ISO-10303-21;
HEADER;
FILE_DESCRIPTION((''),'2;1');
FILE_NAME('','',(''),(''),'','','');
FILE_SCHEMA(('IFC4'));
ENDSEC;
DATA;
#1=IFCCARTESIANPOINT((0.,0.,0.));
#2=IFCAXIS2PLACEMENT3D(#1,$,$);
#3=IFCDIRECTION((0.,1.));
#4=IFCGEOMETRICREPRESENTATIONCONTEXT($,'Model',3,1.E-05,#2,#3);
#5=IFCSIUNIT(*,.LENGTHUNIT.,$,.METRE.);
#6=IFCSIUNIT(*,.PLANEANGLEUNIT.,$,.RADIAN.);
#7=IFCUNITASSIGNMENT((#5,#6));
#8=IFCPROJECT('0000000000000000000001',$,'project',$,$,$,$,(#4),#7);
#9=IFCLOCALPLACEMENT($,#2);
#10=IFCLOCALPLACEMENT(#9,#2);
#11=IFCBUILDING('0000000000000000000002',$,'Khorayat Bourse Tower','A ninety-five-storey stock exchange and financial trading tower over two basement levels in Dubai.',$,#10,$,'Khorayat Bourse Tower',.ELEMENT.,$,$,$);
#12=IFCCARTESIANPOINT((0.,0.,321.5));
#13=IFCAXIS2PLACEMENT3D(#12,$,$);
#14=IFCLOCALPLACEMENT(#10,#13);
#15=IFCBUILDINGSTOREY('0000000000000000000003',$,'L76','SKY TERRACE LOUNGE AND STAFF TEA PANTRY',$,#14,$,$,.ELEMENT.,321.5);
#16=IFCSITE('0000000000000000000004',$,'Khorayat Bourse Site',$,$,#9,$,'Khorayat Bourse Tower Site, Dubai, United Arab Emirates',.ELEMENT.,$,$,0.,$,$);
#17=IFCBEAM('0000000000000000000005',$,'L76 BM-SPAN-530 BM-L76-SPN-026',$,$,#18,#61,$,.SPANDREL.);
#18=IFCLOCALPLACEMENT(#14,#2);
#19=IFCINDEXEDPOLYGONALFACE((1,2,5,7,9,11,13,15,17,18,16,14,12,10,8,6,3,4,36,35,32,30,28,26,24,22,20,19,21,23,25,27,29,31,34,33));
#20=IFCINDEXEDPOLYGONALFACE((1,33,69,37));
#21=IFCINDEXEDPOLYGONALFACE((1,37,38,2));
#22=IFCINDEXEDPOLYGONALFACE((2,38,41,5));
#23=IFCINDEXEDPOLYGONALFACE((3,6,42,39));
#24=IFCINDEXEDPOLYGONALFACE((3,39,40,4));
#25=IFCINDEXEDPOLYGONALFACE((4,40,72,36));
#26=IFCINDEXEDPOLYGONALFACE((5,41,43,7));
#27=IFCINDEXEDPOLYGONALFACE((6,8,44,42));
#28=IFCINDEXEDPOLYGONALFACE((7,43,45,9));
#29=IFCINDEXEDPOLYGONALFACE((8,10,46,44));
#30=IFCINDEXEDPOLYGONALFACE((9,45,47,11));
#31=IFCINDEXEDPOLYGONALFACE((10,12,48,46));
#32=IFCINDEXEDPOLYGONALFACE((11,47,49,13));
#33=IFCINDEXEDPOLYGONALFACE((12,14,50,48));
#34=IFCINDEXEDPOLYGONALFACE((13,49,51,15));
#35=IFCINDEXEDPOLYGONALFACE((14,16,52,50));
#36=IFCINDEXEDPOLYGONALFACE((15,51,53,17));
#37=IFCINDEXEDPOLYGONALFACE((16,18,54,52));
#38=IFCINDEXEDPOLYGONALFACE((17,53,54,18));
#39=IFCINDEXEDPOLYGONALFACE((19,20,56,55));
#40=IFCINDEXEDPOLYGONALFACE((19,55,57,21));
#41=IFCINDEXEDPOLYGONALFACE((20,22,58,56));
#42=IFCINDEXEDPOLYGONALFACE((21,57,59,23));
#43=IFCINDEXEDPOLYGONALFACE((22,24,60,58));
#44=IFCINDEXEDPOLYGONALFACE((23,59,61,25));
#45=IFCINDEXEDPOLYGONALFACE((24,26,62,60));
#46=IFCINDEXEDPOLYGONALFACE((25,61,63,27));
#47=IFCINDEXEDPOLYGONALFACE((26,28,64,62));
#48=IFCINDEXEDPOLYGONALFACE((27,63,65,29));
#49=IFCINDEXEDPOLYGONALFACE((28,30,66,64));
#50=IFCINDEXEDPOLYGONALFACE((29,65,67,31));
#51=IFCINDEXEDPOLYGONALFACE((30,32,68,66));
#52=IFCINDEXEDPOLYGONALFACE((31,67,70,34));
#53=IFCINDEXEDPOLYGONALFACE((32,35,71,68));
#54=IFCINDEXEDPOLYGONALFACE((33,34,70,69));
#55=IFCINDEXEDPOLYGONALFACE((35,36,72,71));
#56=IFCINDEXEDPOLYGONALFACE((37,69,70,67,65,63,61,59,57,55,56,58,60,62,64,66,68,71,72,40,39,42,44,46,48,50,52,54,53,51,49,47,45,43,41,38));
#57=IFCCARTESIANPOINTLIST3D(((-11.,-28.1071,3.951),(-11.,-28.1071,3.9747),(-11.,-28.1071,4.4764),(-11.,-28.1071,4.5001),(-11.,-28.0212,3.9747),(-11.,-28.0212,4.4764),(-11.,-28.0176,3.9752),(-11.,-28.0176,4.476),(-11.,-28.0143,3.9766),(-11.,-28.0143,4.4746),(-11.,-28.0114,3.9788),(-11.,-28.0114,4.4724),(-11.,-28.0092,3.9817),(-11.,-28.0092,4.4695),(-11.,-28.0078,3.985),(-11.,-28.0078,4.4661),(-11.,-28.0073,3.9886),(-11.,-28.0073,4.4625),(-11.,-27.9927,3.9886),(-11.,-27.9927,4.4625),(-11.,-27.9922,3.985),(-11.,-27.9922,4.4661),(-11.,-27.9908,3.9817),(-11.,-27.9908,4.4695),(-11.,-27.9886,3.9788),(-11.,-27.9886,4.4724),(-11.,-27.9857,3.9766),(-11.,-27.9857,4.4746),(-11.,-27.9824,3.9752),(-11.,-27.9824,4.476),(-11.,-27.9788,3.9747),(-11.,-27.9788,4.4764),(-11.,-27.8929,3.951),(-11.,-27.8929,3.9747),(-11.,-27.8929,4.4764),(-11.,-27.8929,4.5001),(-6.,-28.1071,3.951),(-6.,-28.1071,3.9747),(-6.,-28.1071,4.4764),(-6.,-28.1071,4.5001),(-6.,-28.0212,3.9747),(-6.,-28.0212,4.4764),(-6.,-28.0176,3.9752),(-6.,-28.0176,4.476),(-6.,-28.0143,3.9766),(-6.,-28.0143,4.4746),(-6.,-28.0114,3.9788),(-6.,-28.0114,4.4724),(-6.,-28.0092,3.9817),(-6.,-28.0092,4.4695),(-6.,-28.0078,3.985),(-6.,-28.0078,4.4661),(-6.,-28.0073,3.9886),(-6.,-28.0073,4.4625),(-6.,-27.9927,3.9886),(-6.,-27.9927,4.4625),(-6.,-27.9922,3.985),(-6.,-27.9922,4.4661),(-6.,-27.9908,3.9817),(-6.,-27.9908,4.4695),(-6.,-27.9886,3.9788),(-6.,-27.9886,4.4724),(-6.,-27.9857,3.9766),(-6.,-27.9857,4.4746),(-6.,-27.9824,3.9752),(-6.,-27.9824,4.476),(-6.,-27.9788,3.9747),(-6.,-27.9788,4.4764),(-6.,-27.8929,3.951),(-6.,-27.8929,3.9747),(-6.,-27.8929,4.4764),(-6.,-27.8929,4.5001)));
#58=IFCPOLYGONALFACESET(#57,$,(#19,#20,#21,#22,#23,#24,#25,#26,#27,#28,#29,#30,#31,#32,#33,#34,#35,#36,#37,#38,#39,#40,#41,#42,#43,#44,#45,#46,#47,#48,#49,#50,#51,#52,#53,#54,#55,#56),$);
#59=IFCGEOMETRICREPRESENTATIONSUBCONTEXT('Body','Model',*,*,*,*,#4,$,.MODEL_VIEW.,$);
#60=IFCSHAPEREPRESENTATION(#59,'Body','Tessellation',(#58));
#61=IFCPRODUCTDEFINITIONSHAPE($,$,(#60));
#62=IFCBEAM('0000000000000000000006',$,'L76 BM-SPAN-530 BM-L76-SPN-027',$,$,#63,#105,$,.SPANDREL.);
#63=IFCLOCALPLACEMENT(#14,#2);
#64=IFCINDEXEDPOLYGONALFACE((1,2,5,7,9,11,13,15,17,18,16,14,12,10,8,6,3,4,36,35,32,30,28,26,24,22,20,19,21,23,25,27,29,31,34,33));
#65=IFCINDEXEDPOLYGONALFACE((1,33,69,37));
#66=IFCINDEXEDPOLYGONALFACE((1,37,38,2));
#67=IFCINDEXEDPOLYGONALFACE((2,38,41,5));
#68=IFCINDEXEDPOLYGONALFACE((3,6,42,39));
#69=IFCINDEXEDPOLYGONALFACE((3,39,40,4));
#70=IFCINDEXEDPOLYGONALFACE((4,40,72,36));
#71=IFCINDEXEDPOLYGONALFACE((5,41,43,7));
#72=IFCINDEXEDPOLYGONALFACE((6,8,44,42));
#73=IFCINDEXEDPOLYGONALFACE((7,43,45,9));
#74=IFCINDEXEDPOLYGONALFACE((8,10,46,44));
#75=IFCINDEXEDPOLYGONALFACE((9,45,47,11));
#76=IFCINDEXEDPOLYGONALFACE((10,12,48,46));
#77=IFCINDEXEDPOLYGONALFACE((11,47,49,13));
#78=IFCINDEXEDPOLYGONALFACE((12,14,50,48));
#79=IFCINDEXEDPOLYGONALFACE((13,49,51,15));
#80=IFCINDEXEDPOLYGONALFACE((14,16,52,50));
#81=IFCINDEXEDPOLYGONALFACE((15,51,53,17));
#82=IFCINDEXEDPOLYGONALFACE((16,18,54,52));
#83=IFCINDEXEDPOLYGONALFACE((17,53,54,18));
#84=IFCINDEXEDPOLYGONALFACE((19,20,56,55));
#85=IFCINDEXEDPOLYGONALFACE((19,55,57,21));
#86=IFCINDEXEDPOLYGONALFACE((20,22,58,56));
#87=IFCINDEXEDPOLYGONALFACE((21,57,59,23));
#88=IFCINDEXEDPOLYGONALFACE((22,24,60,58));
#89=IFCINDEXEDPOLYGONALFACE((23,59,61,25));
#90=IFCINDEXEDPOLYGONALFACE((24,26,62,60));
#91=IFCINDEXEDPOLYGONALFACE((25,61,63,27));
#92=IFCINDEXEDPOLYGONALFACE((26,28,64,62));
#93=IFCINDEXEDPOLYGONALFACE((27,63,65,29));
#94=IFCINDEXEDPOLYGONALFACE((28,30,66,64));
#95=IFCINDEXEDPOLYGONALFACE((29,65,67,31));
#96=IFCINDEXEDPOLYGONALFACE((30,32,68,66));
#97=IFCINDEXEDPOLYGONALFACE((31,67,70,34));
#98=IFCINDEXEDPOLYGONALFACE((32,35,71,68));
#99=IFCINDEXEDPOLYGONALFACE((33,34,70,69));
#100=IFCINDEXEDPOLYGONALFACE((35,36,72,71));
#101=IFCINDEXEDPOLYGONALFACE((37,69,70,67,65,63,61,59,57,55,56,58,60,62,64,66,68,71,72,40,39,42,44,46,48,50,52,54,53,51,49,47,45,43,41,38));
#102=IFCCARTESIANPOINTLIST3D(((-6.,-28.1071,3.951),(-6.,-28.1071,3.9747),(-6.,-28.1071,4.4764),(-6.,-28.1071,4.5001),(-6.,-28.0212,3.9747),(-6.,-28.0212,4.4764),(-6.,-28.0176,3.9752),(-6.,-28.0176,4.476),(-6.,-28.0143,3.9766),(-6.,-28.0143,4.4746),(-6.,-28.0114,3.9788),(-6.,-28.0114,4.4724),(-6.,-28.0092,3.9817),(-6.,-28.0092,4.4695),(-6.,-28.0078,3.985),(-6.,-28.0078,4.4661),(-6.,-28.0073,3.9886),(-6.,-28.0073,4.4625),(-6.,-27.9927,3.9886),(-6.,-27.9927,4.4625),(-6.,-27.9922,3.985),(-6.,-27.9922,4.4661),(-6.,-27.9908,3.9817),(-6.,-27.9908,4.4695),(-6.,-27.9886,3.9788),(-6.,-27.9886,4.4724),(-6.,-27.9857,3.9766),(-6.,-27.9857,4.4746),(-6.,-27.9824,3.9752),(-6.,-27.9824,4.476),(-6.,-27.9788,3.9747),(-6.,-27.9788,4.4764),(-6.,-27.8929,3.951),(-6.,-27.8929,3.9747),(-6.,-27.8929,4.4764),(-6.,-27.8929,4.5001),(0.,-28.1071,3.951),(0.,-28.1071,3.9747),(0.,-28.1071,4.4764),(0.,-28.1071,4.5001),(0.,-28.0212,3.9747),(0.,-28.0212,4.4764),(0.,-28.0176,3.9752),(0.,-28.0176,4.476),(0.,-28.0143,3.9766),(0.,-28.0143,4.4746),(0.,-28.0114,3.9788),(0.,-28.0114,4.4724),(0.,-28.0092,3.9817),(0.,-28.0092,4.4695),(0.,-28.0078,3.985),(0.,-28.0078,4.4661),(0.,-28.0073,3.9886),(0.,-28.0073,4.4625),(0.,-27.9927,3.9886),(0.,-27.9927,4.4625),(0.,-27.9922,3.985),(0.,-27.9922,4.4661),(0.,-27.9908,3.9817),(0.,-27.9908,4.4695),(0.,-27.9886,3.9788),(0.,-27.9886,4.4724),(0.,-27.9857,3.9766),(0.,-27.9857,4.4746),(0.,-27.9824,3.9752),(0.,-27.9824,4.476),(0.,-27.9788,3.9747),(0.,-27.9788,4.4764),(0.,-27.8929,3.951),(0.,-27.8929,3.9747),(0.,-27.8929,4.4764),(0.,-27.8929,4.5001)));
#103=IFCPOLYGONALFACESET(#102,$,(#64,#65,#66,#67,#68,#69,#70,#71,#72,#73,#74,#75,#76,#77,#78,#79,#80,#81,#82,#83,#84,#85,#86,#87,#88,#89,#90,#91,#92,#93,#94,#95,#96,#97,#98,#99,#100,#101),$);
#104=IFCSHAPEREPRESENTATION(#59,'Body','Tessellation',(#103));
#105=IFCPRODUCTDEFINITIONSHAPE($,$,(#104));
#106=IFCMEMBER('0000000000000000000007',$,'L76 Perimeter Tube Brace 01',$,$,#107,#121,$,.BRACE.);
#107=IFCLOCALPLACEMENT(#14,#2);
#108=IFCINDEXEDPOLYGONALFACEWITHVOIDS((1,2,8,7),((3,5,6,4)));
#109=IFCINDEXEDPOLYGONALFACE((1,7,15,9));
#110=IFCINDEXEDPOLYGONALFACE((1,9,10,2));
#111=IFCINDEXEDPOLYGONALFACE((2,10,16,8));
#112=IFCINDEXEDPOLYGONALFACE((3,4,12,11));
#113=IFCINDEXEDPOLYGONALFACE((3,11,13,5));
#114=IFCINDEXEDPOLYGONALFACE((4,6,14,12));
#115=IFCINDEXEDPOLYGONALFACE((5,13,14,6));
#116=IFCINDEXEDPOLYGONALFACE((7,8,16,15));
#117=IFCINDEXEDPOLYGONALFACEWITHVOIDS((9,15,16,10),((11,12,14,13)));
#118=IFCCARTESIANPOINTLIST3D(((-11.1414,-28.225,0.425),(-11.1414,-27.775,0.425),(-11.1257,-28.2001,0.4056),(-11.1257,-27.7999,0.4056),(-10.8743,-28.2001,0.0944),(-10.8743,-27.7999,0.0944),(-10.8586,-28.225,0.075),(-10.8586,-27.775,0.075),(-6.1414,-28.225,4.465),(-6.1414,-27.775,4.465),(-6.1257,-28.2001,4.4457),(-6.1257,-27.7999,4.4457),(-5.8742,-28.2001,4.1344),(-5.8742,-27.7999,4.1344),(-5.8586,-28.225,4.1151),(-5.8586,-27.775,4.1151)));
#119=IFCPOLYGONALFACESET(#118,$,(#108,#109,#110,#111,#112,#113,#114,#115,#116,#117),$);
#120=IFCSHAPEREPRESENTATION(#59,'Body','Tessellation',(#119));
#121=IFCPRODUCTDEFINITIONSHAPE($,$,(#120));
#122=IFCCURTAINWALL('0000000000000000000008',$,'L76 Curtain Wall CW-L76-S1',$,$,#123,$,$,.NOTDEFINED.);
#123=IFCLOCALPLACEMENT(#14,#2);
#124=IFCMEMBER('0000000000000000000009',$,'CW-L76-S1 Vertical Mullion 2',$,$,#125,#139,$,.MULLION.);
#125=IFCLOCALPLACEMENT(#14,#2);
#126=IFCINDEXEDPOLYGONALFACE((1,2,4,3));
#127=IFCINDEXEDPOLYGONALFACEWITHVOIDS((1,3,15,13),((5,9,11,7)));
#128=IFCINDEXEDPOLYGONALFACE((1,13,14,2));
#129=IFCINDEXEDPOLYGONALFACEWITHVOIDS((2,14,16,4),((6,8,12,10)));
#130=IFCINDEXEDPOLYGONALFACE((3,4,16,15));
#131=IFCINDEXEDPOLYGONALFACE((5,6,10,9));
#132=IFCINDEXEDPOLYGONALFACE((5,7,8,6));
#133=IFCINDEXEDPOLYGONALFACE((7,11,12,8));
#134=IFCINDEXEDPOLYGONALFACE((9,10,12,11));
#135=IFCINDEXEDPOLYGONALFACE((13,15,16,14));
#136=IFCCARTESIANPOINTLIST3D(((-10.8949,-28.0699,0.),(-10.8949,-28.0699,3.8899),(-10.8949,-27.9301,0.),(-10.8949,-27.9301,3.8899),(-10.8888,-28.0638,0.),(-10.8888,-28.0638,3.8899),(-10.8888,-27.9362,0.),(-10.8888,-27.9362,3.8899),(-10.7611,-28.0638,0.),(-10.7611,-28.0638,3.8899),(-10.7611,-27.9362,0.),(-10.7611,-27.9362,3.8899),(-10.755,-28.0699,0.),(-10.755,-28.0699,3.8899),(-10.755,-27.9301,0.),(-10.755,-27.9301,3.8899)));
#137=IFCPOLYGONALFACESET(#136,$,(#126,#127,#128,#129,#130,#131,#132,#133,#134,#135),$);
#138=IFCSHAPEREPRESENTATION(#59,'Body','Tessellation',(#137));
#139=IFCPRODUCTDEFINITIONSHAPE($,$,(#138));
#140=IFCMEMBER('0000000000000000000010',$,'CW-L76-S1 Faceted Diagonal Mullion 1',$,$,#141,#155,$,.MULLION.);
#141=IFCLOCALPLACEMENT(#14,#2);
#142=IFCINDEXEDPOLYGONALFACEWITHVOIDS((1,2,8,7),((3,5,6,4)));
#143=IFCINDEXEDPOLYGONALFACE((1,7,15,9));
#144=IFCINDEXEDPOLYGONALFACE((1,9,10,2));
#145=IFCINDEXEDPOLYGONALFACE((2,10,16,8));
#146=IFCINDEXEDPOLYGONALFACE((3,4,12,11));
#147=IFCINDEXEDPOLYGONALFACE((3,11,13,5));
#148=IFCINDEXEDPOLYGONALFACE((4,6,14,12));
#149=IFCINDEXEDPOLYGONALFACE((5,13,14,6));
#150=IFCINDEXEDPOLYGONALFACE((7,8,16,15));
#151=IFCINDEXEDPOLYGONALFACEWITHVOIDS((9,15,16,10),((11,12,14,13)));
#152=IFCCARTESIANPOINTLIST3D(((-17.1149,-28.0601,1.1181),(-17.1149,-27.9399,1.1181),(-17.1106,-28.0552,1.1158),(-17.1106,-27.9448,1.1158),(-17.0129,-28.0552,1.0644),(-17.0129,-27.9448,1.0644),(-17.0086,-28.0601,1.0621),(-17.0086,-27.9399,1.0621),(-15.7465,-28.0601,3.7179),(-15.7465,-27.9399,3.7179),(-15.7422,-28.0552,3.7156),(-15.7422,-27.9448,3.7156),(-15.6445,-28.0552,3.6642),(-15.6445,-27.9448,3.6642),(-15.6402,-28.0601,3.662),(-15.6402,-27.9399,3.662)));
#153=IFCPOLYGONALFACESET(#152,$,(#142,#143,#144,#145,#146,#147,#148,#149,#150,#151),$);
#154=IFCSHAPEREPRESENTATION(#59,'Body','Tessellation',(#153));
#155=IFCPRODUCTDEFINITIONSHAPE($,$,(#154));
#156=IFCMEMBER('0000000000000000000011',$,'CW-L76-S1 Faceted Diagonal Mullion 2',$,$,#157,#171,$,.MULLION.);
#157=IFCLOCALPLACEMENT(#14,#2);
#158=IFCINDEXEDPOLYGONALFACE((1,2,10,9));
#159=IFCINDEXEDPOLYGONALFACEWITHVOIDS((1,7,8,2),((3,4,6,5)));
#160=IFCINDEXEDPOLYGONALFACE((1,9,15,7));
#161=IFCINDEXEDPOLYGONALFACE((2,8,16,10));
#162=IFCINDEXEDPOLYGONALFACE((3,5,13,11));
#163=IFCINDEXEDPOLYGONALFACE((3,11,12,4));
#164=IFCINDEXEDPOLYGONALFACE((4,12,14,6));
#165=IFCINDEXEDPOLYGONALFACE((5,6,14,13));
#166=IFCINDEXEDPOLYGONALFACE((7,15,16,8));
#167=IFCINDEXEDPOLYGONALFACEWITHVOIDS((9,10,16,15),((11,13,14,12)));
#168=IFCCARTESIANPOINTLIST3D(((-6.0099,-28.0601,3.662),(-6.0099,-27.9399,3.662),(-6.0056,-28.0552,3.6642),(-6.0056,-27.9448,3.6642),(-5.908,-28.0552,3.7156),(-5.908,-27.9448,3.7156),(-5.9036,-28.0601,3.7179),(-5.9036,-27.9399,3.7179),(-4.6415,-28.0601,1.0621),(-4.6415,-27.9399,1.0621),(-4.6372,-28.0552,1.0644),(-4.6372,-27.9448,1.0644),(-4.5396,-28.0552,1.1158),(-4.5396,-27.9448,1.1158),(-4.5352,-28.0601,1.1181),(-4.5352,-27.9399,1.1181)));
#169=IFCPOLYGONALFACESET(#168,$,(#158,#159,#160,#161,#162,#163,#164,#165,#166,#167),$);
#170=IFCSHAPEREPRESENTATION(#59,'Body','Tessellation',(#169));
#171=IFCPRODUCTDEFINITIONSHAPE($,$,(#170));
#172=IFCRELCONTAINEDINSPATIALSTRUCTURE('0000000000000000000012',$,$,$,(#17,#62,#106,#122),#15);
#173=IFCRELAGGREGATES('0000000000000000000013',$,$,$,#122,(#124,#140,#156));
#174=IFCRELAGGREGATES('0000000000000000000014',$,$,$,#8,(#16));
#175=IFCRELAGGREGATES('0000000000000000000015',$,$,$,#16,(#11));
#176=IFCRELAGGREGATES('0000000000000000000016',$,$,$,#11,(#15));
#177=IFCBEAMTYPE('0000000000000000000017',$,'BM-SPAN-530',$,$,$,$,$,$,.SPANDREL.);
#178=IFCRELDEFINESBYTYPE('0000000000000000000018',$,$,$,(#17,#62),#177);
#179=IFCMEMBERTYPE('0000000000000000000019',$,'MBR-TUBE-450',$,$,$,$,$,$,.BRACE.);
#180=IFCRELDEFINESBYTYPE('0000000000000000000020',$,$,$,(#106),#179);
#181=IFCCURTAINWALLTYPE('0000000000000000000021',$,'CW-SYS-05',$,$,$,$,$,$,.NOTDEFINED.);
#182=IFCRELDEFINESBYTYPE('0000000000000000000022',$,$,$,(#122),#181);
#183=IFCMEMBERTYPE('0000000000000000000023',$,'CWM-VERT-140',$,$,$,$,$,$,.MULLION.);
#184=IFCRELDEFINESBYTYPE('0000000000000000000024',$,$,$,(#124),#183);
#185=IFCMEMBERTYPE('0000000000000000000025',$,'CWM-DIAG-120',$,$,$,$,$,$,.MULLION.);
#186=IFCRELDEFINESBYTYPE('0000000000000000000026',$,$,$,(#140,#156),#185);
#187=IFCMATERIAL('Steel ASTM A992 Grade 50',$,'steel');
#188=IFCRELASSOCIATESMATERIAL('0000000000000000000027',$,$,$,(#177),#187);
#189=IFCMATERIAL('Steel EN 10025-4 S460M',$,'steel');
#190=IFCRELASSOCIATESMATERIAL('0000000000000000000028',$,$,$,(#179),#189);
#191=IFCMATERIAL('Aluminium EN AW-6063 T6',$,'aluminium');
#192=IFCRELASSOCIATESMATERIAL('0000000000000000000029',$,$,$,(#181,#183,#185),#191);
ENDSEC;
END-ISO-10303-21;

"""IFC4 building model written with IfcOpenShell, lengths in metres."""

from ifc_helpers import new_model, si_unit, direction, frame, origin, origin_2d, place, context, subcontext, project, spatial, hollow_rectangle, i_section, extrude, source, transform, mapped, material, material_profile, profile_set, type_object, element, aggregate, save


model = new_model("IFC4")

# Units and contexts
model_context = context("Model", 3, precision=1e-05, world=origin(), true_north=direction((0.0, 1.0)))
body_context = subcontext(model_context, "Body", "Model", "MODEL_VIEW")
ifc_project = project(units=[si_unit("LENGTHUNIT", "METRE"), si_unit("PLANEANGLEUNIT", "RADIAN")], contexts=[model_context])

# Site, building, storey
site_placement = place(None, origin())
site = spatial("IfcSite", under=ifc_project, at=site_placement, Name="Khorayat Bourse Site", LongName="Khorayat Bourse Tower Site, Dubai, United Arab Emirates", CompositionType="ELEMENT", RefElevation=0.0)
building_placement = place(site_placement, origin())
building = spatial("IfcBuilding", under=site, at=building_placement, Name="Khorayat Bourse Tower", Description="A ninety-five-storey stock exchange and financial trading tower over two basement levels in Dubai.", LongName="Khorayat Bourse Tower", CompositionType="ELEMENT")
storey_placement = place(building_placement, frame((0.0, 0.0, 321.5)))
storey = spatial("IfcBuildingStorey", under=building, at=storey_placement, Name="L76", Description="SKY TERRACE LOUNGE AND STAFF TEA PANTRY", CompositionType="ELEMENT", Elevation=321.5)

# Shared definitions
ifc_material_1 = material(Name="Steel EN 10025-4 S460M", Category="steel")

# Beams
ifc_material_2 = material(Name="Steel ASTM A992 Grade 50", Category="steel")
ifc_material_profile_1 = material_profile(ifc_material_2, i_section(OverallWidth=0.2141, OverallDepth=0.5491, WebThickness=0.0146, FlangeThickness=0.0237, FilletRadius=0.0139, at=origin_2d()), Name="W530X138")
ifc_profile_set_1 = profile_set([ifc_material_profile_1], Name="Steel ASTM A992 Grade 50")
beam_type_1 = type_object("IfcBeamType", Name="BM-SPAN-530", PredefinedType="SPANDREL", material=ifc_profile_set_1)
shared_shape_1 = source(origin(), body_context, "Body", "SweptSolid", [
    extrude(i_section(OverallWidth=0.2141, OverallDepth=0.5491, WebThickness=0.0146, FlangeThickness=0.0237, FilletRadius=0.0139, at=origin_2d()), origin(), (0.0, 0.0, 1.0), 5.0),
])
beam_1_placement = place(storey_placement, frame((-11.0, -28.0, 4.2256), z_axis=(1.0, 0.0, 0.0), x_axis=(0.0, 1.0, 0.0)))
element("IfcBeam", 1, at=beam_1_placement, inside=storey, type_object=beam_type_1, Name="L76 BM-SPAN-530 BM-L76-SPN-026", PredefinedType="SPANDREL", context=body_context, shape_type="MappedRepresentation", body=[
    mapped(shared_shape_1, transform((0.0, 0.0, 0.0), scale=1.0)),
])
shared_shape_2 = source(origin(), body_context, "Body", "SweptSolid", [
    extrude(i_section(OverallWidth=0.2141, OverallDepth=0.5491, WebThickness=0.0146, FlangeThickness=0.0237, FilletRadius=0.0139, at=origin_2d()), origin(), (0.0, 0.0, 1.0), 6.0),
])
beam_2_placement = place(storey_placement, frame((-6.0, -28.0, 4.2256), z_axis=(1.0, 0.0, 0.0), x_axis=(0.0, 1.0, 0.0)))
element("IfcBeam", 2, at=beam_2_placement, inside=storey, type_object=beam_type_1, Name="L76 BM-SPAN-530 BM-L76-SPN-027", PredefinedType="SPANDREL", context=body_context, shape_type="MappedRepresentation", body=[
    mapped(shared_shape_2, transform((0.0, 0.0, 0.0), scale=1.0)),
])

# Member
ifc_material_profile_2 = material_profile(ifc_material_1, hollow_rectangle(XDim=0.45, YDim=0.45, WallThickness=0.0249, at=origin_2d()), Name="HSS 450x450x25")
ifc_profile_set_2 = profile_set([ifc_material_profile_2], Name="Steel EN 10025-4 S460M")
member_type_1 = type_object("IfcMemberType", Name="MBR-TUBE-450", PredefinedType="BRACE", material=ifc_profile_set_2)
shared_shape_3 = source(origin(), body_context, "Body", "SweptSolid", [
    extrude(hollow_rectangle(XDim=0.45, YDim=0.45, WallThickness=0.0249, at=origin_2d()), origin(), (0.0, 0.0, 1.0), 6.4282),
])
member_1_placement = place(storey_placement, frame((-11.0, -28.0, 0.25), z_axis=(0.777821, 0.0, 0.628486), x_axis=(0.0, 1.0, 0.0)))
element("IfcMember", 3, at=member_1_placement, inside=storey, type_object=member_type_1, Name="L76 Perimeter Tube Brace 01", PredefinedType="BRACE", context=body_context, shape_type="MappedRepresentation", body=[
    mapped(shared_shape_3, transform((0.0, 0.0, 0.0), scale=1.0)),
])

# Curtain wall, members
ifc_material_3 = material(Name="Aluminium EN AW-6063 T6", Category="aluminium")
curtain_wall_type = type_object("IfcCurtainWallType", Name="CW-SYS-05", PredefinedType="NOTDEFINED", material=ifc_material_3)
curtain_wall_placement = place(storey_placement, origin())
curtain_wall = element("IfcCurtainWall", 4, at=curtain_wall_placement, inside=storey, type_object=curtain_wall_type, Name="L76 Curtain Wall CW-L76-S1", PredefinedType="NOTDEFINED")
ifc_material_profile_3 = material_profile(ifc_material_3, hollow_rectangle(XDim=0.1399, YDim=0.1399, WallThickness=0.0061, at=origin_2d()), Name="ALU 140x140x6")
ifc_profile_set_3 = profile_set([ifc_material_profile_3], Name="Aluminium EN AW-6063 T6")
member_type_2 = type_object("IfcMemberType", Name="CWM-VERT-140", PredefinedType="MULLION", material=ifc_profile_set_3)
shared_shape_4 = source(origin(), body_context, "Body", "SweptSolid", [
    extrude(hollow_rectangle(XDim=0.1399, YDim=0.1399, WallThickness=0.0061, at=origin_2d()), origin(), (0.0, 0.0, 1.0), 3.8899),
])
member_2_placement = place(storey_placement, frame((-10.825, -28.0, 0.0), z_axis=(0.0, 0.0, 1.0), x_axis=(0.0, 1.0, 0.0)))
member_2 = element("IfcMember", 5, at=member_2_placement, type_object=member_type_2, Name="CW-L76-S1 Vertical Mullion 2", PredefinedType="MULLION", context=body_context, shape_type="MappedRepresentation", body=[
    mapped(shared_shape_4, transform((0.0, 0.0, 0.0), scale=1.0)),
])
ifc_material_profile_4 = material_profile(ifc_material_3, hollow_rectangle(XDim=0.1201, YDim=0.1201, WallThickness=0.0049, at=origin_2d()), Name="ALU 120x120x5")
ifc_profile_set_4 = profile_set([ifc_material_profile_4], Name="Aluminium EN AW-6063 T6")
member_type_3 = type_object("IfcMemberType", Name="CWM-DIAG-120", PredefinedType="MULLION", material=ifc_profile_set_4)
shared_shape_5 = source(origin(), body_context, "Body", "SweptSolid", [
    extrude(hollow_rectangle(XDim=0.1201, YDim=0.1201, WallThickness=0.0049, at=origin_2d()), origin(), (0.0, 0.0, 1.0), 2.938),
])
member_3_placement = place(storey_placement, frame((-17.0618, -28.0, 1.0901), z_axis=(0.465764, 0.0, 0.884909), x_axis=(0.0, 1.0, 0.0)))
member_3 = element("IfcMember", 6, at=member_3_placement, type_object=member_type_3, Name="CW-L76-S1 Faceted Diagonal Mullion 1", PredefinedType="MULLION", context=body_context, shape_type="MappedRepresentation", body=[
    mapped(shared_shape_5, transform((0.0, 0.0, 0.0), scale=1.0)),
])
member_4_placement = place(storey_placement, frame((-4.5884, -28.0, 1.0901), z_axis=(-0.465764, 0.0, 0.884909), x_axis=(0.0, -1.0, 0.0)))
member_4 = element("IfcMember", 7, at=member_4_placement, type_object=member_type_3, Name="CW-L76-S1 Faceted Diagonal Mullion 2", PredefinedType="MULLION", context=body_context, shape_type="MappedRepresentation", body=[
    mapped(shared_shape_5, transform((0.0, 0.0, 0.0), scale=1.0)),
])

aggregate(curtain_wall, [member_2, member_3, member_4])

save(model, "model.ifc")
